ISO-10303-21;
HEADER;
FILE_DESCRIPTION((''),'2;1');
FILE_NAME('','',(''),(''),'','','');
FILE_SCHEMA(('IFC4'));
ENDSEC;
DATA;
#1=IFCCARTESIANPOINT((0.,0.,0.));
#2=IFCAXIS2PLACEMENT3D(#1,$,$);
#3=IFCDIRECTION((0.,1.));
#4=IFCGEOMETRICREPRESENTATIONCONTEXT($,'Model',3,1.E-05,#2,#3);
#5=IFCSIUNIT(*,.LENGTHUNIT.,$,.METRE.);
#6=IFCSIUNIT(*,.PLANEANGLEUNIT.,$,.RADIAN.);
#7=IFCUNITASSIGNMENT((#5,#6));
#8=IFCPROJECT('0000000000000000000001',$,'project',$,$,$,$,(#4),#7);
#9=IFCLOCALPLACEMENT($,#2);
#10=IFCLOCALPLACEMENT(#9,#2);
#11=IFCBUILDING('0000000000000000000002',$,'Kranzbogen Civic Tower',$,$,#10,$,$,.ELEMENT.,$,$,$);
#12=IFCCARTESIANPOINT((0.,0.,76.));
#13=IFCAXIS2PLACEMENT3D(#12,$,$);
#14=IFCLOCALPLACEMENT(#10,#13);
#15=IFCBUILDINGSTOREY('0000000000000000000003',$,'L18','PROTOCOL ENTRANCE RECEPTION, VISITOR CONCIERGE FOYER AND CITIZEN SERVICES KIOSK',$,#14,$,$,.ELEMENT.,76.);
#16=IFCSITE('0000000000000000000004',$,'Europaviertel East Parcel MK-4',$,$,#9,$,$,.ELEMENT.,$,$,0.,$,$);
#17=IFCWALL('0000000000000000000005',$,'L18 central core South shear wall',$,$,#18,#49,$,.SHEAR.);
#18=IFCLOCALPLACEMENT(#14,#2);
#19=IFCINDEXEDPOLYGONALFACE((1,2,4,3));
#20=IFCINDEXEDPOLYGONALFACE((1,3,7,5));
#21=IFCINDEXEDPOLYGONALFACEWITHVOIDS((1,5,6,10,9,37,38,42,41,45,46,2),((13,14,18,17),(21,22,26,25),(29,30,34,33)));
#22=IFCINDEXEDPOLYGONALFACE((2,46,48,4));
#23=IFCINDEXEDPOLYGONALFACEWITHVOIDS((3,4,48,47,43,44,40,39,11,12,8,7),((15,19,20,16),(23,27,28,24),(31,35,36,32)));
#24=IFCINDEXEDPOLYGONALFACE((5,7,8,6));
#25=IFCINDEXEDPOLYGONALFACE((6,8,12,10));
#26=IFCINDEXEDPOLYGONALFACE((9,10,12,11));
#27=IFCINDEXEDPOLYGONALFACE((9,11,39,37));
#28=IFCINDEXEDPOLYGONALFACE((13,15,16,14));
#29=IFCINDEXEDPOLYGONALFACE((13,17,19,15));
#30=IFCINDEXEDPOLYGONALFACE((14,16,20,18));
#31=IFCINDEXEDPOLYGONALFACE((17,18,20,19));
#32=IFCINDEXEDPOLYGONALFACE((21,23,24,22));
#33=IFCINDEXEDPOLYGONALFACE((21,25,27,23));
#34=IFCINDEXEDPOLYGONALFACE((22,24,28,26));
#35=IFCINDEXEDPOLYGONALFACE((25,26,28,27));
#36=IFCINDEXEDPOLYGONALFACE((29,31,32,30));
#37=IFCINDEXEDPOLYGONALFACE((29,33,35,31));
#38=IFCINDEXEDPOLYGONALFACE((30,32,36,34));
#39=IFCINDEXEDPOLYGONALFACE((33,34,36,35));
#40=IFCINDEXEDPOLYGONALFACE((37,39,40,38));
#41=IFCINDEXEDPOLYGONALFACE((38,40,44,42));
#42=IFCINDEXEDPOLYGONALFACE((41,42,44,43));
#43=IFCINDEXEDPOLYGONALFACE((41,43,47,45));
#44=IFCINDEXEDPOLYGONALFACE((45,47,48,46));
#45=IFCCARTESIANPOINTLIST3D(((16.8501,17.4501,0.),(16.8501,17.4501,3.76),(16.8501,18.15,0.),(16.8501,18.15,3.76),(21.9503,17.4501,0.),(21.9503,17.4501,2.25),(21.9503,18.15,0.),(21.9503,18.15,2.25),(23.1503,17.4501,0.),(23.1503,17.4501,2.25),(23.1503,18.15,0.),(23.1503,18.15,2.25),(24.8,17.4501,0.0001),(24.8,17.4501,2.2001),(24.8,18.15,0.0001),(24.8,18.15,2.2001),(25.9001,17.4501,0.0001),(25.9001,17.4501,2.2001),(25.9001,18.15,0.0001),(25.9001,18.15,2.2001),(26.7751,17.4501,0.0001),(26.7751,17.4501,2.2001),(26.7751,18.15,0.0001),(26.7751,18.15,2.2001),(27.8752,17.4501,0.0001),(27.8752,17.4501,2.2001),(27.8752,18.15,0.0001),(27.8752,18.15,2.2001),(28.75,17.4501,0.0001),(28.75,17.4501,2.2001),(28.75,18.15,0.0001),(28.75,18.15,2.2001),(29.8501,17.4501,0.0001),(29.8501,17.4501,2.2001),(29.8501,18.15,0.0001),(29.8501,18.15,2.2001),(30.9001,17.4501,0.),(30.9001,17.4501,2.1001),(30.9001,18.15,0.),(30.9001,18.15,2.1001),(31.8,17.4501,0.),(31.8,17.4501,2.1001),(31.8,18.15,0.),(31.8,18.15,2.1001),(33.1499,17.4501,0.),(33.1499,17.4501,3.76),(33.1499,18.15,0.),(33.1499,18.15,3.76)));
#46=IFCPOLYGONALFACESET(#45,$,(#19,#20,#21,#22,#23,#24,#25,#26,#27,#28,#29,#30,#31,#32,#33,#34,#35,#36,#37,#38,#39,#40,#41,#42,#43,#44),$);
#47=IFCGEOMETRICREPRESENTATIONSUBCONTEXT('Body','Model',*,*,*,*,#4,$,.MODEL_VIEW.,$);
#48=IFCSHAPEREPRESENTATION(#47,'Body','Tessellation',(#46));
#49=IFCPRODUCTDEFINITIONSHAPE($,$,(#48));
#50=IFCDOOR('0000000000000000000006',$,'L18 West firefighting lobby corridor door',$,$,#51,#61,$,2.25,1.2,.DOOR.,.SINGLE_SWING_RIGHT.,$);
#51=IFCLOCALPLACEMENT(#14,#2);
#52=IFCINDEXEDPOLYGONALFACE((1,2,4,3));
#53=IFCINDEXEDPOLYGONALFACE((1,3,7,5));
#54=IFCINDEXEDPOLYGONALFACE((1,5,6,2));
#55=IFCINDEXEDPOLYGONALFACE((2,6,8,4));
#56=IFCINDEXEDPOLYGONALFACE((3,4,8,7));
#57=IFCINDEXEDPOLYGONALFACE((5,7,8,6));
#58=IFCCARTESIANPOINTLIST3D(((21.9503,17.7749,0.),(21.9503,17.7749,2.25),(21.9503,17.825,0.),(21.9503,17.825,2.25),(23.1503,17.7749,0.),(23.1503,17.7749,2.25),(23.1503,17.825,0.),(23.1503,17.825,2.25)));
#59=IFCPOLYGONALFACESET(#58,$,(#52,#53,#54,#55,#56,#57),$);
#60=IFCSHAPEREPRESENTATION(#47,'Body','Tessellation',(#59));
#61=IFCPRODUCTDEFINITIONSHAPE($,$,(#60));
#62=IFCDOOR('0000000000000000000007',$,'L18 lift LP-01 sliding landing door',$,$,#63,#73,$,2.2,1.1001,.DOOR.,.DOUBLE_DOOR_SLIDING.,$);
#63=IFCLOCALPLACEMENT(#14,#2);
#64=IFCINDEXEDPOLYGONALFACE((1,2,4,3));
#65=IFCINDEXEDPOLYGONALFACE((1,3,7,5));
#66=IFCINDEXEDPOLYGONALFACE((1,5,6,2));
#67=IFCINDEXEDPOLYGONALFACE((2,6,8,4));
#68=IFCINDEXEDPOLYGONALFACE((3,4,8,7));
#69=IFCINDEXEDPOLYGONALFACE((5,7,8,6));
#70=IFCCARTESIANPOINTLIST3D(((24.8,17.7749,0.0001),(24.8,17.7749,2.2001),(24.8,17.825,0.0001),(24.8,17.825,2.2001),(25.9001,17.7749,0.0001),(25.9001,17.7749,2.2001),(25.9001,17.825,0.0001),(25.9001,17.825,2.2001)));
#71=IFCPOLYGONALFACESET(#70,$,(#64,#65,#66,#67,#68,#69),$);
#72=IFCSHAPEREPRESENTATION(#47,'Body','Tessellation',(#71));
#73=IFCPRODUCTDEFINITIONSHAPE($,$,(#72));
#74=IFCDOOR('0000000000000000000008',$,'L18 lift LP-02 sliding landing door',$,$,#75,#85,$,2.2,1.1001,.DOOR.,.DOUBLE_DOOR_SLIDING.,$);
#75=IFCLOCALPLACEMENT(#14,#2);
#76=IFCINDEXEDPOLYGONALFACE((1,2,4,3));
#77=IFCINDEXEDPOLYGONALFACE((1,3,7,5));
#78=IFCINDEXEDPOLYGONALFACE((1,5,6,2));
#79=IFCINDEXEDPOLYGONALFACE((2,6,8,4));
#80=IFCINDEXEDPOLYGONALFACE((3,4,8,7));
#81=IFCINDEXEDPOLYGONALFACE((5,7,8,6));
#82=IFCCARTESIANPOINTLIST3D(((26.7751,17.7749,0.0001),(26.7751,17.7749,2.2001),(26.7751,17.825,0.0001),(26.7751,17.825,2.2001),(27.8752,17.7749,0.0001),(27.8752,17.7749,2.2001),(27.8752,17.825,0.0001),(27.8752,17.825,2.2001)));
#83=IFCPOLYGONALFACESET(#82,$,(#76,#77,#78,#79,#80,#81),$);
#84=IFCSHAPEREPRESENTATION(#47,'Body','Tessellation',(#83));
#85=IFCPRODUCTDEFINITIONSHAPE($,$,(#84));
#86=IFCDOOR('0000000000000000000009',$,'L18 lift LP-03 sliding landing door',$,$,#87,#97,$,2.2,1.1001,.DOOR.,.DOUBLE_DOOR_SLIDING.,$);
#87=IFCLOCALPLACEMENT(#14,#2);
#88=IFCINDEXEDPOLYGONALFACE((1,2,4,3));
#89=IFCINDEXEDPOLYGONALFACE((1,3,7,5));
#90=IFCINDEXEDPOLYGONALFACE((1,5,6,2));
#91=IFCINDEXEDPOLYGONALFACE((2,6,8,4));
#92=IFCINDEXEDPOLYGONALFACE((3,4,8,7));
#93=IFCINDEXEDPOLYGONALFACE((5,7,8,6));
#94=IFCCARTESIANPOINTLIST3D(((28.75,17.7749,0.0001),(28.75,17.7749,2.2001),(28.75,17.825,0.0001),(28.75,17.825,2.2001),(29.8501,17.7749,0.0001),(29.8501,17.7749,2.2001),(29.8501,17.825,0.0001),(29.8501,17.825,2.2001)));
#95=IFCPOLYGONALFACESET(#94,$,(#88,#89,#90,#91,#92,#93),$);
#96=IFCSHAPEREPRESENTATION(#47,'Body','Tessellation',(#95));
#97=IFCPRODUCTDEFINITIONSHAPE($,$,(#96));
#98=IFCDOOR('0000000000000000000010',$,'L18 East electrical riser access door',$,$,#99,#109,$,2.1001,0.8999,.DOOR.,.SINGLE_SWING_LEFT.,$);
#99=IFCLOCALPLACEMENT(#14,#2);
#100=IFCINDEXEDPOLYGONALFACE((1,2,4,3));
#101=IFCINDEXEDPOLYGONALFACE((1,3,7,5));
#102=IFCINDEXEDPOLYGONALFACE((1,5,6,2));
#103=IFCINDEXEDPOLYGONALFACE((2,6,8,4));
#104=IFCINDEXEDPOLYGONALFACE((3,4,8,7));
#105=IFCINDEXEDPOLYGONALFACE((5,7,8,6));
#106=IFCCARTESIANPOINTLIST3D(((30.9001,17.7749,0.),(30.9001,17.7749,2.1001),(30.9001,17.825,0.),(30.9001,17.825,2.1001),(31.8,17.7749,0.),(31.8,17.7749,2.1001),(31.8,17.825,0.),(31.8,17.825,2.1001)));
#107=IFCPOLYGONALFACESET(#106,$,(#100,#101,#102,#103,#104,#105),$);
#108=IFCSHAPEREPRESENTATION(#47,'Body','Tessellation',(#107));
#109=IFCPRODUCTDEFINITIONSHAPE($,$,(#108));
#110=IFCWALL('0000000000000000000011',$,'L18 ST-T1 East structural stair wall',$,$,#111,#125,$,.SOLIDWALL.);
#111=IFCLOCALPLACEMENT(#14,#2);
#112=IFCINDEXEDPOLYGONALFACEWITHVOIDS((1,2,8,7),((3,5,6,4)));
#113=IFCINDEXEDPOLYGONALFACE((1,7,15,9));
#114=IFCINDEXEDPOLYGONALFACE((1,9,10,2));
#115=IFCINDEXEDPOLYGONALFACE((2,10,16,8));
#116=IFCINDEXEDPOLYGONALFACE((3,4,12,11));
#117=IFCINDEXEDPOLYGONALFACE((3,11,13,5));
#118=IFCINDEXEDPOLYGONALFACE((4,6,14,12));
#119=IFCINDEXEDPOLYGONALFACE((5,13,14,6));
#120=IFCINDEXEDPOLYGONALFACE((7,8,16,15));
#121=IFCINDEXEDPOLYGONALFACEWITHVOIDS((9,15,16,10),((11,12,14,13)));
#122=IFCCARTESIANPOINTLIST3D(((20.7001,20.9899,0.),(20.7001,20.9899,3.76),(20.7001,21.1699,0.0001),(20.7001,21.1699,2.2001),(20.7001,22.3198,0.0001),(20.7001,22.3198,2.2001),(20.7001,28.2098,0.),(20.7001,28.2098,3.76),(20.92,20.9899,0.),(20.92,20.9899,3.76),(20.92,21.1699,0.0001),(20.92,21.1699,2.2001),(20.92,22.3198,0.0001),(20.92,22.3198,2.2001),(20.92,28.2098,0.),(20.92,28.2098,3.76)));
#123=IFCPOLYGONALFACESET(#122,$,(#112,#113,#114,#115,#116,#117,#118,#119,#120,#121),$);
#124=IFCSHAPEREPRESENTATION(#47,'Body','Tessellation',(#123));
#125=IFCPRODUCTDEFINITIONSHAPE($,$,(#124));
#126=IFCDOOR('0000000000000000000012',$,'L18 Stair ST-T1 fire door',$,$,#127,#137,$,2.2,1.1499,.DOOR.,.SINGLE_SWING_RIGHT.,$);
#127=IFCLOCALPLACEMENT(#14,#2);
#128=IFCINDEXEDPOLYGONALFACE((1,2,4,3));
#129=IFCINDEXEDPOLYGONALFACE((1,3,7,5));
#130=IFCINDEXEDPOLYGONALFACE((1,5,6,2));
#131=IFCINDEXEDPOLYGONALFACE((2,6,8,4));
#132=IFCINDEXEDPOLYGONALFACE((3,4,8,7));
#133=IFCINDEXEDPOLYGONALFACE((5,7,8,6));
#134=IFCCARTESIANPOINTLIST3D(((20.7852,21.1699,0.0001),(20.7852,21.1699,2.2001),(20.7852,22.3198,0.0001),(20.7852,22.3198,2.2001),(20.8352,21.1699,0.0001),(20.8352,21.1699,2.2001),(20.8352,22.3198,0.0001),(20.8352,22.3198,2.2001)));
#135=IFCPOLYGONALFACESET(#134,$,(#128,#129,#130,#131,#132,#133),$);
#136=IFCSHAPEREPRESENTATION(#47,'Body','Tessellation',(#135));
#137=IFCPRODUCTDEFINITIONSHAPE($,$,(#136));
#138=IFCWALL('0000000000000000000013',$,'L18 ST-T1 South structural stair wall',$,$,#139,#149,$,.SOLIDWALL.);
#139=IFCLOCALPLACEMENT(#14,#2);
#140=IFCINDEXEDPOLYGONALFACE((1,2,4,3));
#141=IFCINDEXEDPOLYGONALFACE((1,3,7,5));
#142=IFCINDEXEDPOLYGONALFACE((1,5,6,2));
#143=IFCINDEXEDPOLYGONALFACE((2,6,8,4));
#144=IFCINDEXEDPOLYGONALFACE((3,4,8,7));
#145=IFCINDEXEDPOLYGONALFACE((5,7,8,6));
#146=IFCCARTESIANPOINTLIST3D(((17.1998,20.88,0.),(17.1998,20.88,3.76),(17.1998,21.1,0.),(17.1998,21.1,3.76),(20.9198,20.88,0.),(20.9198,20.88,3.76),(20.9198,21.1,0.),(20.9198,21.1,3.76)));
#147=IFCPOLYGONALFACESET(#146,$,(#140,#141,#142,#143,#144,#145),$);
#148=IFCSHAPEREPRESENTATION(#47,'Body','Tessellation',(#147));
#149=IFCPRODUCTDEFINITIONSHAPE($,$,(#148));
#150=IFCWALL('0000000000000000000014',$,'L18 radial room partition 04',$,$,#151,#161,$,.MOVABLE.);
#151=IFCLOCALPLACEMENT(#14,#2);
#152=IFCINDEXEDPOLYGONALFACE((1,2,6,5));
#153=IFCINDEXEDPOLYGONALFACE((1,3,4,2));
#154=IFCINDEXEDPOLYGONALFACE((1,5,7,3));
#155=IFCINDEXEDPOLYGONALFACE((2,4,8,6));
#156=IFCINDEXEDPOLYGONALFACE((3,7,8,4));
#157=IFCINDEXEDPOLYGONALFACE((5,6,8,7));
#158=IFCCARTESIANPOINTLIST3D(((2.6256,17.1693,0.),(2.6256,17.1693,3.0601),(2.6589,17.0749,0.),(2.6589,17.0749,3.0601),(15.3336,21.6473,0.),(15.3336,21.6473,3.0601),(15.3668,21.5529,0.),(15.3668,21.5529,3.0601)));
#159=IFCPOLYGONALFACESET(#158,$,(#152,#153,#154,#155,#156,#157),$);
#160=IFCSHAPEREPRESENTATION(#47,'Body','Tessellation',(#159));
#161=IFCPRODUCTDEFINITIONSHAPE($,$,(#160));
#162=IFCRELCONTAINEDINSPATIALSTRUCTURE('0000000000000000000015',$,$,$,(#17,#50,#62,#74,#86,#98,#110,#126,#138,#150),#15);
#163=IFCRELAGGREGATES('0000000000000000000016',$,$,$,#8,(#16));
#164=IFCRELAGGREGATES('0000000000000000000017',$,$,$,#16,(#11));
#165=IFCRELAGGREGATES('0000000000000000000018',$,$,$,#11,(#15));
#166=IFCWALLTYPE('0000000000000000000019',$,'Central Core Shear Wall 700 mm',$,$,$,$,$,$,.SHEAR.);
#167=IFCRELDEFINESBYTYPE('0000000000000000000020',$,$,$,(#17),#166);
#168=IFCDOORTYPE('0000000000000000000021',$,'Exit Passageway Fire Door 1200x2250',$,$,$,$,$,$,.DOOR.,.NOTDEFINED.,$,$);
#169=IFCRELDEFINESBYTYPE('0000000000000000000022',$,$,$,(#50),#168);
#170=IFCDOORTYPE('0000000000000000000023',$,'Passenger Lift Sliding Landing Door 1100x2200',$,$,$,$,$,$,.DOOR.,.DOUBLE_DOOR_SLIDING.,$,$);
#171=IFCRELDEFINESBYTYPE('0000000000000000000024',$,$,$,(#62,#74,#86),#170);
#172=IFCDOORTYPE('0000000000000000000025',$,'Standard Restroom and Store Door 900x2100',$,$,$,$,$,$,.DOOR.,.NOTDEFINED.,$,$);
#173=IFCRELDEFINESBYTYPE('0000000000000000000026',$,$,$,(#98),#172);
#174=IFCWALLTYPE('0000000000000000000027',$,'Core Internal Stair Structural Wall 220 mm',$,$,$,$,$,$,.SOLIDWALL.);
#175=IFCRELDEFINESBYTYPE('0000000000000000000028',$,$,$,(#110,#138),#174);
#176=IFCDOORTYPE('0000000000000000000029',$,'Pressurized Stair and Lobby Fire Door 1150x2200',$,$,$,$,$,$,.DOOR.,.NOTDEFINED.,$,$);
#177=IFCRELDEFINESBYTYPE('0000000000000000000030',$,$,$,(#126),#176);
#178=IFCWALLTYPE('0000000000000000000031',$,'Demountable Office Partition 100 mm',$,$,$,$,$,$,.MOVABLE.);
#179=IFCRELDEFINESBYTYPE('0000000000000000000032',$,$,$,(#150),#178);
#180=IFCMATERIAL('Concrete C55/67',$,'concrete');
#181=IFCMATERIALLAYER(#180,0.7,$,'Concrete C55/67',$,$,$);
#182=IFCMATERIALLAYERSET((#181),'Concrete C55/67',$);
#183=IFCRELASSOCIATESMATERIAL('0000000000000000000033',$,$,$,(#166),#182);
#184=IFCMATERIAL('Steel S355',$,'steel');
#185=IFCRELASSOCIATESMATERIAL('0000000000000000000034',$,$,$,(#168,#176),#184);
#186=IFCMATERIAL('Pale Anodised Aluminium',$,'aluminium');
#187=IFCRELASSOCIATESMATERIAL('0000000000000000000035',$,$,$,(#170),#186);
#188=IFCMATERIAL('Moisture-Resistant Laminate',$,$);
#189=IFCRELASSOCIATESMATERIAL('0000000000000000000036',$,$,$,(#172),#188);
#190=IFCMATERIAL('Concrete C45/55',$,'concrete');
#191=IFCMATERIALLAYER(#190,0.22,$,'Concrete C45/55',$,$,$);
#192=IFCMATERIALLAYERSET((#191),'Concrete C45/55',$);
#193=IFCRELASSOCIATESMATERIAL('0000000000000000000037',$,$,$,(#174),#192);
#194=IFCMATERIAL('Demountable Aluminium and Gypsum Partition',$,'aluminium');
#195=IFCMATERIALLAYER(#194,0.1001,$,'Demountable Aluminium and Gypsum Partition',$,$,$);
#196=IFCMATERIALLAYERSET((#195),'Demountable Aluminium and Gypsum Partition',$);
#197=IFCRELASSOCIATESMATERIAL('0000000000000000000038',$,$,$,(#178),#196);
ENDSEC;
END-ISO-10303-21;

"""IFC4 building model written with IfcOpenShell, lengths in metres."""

from ifc_helpers import new_model, si_unit, direction, frame, frame_2d, origin, place, context, subcontext, project, spatial, rectangle, extrude, material, layer, layer_set, type_object, element, fill, save


model = new_model("IFC4")

# Units and contexts
model_context = context("Model", 3, precision=1e-05, world=origin(), true_north=direction((0.0, 1.0)))
body_context = subcontext(model_context, "Body", "Model", "MODEL_VIEW")
ifc_project = project(units=[si_unit("LENGTHUNIT", "METRE"), si_unit("PLANEANGLEUNIT", "RADIAN")], contexts=[model_context])

# Site, building, storey
site_placement = place(None, origin())
site = spatial("IfcSite", under=ifc_project, at=site_placement, Name="Europaviertel East Parcel MK-4", CompositionType="ELEMENT", RefElevation=0.0)
building_placement = place(site_placement, origin())
building = spatial("IfcBuilding", under=site, at=building_placement, Name="Kranzbogen Civic Tower", CompositionType="ELEMENT")
storey_placement = place(building_placement, frame((0.0, 0.0, 76.0)))
storey = spatial("IfcBuildingStorey", under=building, at=storey_placement, Name="L18", Description="PROTOCOL ENTRANCE RECEPTION, VISITOR CONCIERGE FOYER AND CITIZEN SERVICES KIOSK", CompositionType="ELEMENT", Elevation=76.0)

# Shared definitions
ifc_material_1 = material(Name="Steel S355", Category="steel")

# Wall, openings, doors
ifc_material_2 = material(Name="Concrete C55/67", Category="concrete")
ifc_layer_1 = layer(ifc_material_2, 0.7, Name="Concrete C55/67")
ifc_layer_set_1 = layer_set([ifc_layer_1], Name="Concrete C55/67")
wall_type_1 = type_object("IfcWallType", Name="Central Core Shear Wall 700 mm", PredefinedType="SHEAR", material=ifc_layer_set_1)
wall_1_placement = place(storey_placement, frame((16.8501, 17.8, 0.0), z_axis=(0.0, 0.0, 1.0), x_axis=(1.0, 0.0, 0.0)))
wall_1 = element("IfcWall", 1, at=wall_1_placement, inside=storey, type_object=wall_type_1, Name="L18 central core South shear wall", PredefinedType="SHEAR", context=body_context, shape_type="SweptSolid", body=[
    extrude(rectangle(XDim=16.2998, YDim=0.7, at=frame_2d((8.1499, 0.0))), origin(), (0.0, 0.0, 1.0), 3.76),
])
opening_1_placement = place(wall_1_placement, frame((5.1001, 0.0, 0.0)))
opening_1 = element("IfcOpeningElement", 2, at=opening_1_placement, cuts=wall_1, PredefinedType="OPENING", context=body_context, shape_type="SweptSolid", body=[
    extrude(rectangle(XDim=1.2, YDim=2.25, at=frame_2d((0.6001, 1.125))), frame((0.0, 0.3599, 0.0), z_axis=(0.0, -1.0, 0.0), x_axis=(1.0, 0.0, 0.0)), (0.0, 0.0, 1.0), 0.72),
])
opening_2_placement = place(wall_1_placement, frame((14.05, 0.0, 0.0)))
opening_2 = element("IfcOpeningElement", 3, at=opening_2_placement, cuts=wall_1, PredefinedType="OPENING", context=body_context, shape_type="SweptSolid", body=[
    extrude(rectangle(XDim=0.8999, YDim=2.1001, at=frame_2d((0.45, 1.05))), frame((0.0, 0.3599, 0.0), z_axis=(0.0, -1.0, 0.0), x_axis=(1.0, 0.0, 0.0)), (0.0, 0.0, 1.0), 0.72),
])
opening_3_placement = place(wall_1_placement, frame((7.95, 0.0, 0.0)))
opening_3 = element("IfcOpeningElement", 4, at=opening_3_placement, cuts=wall_1, PredefinedType="OPENING", context=body_context, shape_type="SweptSolid", body=[
    extrude(rectangle(XDim=1.1001, YDim=2.2, at=frame_2d((0.55, 1.1001))), frame((0.0, 0.3599, 0.0), z_axis=(0.0, -1.0, 0.0), x_axis=(1.0, 0.0, 0.0)), (0.0, 0.0, 1.0), 0.72),
])
opening_4_placement = place(wall_1_placement, frame((9.925, 0.0, 0.0)))
opening_4 = element("IfcOpeningElement", 5, at=opening_4_placement, cuts=wall_1, PredefinedType="OPENING", context=body_context, shape_type="SweptSolid", body=[
    extrude(rectangle(XDim=1.1001, YDim=2.2, at=frame_2d((0.55, 1.1001))), frame((0.0, 0.3599, 0.0), z_axis=(0.0, -1.0, 0.0), x_axis=(1.0, 0.0, 0.0)), (0.0, 0.0, 1.0), 0.72),
])
opening_5_placement = place(wall_1_placement, frame((11.8999, 0.0, 0.0)))
opening_5 = element("IfcOpeningElement", 6, at=opening_5_placement, cuts=wall_1, PredefinedType="OPENING", context=body_context, shape_type="SweptSolid", body=[
    extrude(rectangle(XDim=1.1001, YDim=2.2, at=frame_2d((0.55, 1.1001))), frame((0.0, 0.3599, 0.0), z_axis=(0.0, -1.0, 0.0), x_axis=(1.0, 0.0, 0.0)), (0.0, 0.0, 1.0), 0.72),
])
door_type_1 = type_object("IfcDoorType", Name="Exit Passageway Fire Door 1200x2250", OperationType="NOTDEFINED", PredefinedType="DOOR", material=ifc_material_1)
door_1_placement = place(opening_1_placement, origin())
door_1 = element("IfcDoor", 7, at=door_1_placement, inside=storey, type_object=door_type_1, Name="L18 West firefighting lobby corridor door", OperationType="SINGLE_SWING_RIGHT", OverallHeight=2.25, OverallWidth=1.2, PredefinedType="DOOR", context=body_context, shape_type="SweptSolid", body=[
    extrude(rectangle(XDim=1.2, YDim=2.25, at=frame_2d((0.6001, 1.125))), frame((0.0, 0.0249, 0.0), z_axis=(0.0, -1.0, 0.0), x_axis=(1.0, 0.0, 0.0)), (0.0, 0.0, 1.0), 0.05),
])
fill(opening_1, door_1)
ifc_material_3 = material(Name="Pale Anodised Aluminium", Category="aluminium")
door_type_2 = type_object("IfcDoorType", Name="Passenger Lift Sliding Landing Door 1100x2200", OperationType="DOUBLE_DOOR_SLIDING", PredefinedType="DOOR", material=ifc_material_3)
door_2_placement = place(opening_3_placement, origin())
door_2 = element("IfcDoor", 8, at=door_2_placement, inside=storey, type_object=door_type_2, Name="L18 lift LP-01 sliding landing door", OperationType="DOUBLE_DOOR_SLIDING", OverallHeight=2.2, OverallWidth=1.1001, PredefinedType="DOOR", context=body_context, shape_type="SweptSolid", body=[
    extrude(rectangle(XDim=1.1001, YDim=2.2, at=frame_2d((0.55, 1.1001))), frame((0.0, 0.0249, 0.0), z_axis=(0.0, -1.0, 0.0), x_axis=(1.0, 0.0, 0.0)), (0.0, 0.0, 1.0), 0.05),
])
fill(opening_3, door_2)
door_3_placement = place(opening_4_placement, origin())
door_3 = element("IfcDoor", 9, at=door_3_placement, inside=storey, type_object=door_type_2, Name="L18 lift LP-02 sliding landing door", OperationType="DOUBLE_DOOR_SLIDING", OverallHeight=2.2, OverallWidth=1.1001, PredefinedType="DOOR", context=body_context, shape_type="SweptSolid", body=[
    extrude(rectangle(XDim=1.1001, YDim=2.2, at=frame_2d((0.55, 1.1001))), frame((0.0, 0.0249, 0.0), z_axis=(0.0, -1.0, 0.0), x_axis=(1.0, 0.0, 0.0)), (0.0, 0.0, 1.0), 0.05),
])
fill(opening_4, door_3)
door_4_placement = place(opening_5_placement, origin())
door_4 = element("IfcDoor", 10, at=door_4_placement, inside=storey, type_object=door_type_2, Name="L18 lift LP-03 sliding landing door", OperationType="DOUBLE_DOOR_SLIDING", OverallHeight=2.2, OverallWidth=1.1001, PredefinedType="DOOR", context=body_context, shape_type="SweptSolid", body=[
    extrude(rectangle(XDim=1.1001, YDim=2.2, at=frame_2d((0.55, 1.1001))), frame((0.0, 0.0249, 0.0), z_axis=(0.0, -1.0, 0.0), x_axis=(1.0, 0.0, 0.0)), (0.0, 0.0, 1.0), 0.05),
])
fill(opening_5, door_4)
ifc_material_4 = material(Name="Moisture-Resistant Laminate")
door_type_3 = type_object("IfcDoorType", Name="Standard Restroom and Store Door 900x2100", OperationType="NOTDEFINED", PredefinedType="DOOR", material=ifc_material_4)
door_5_placement = place(opening_2_placement, origin())
door_5 = element("IfcDoor", 11, at=door_5_placement, inside=storey, type_object=door_type_3, Name="L18 East electrical riser access door", OperationType="SINGLE_SWING_LEFT", OverallHeight=2.1001, OverallWidth=0.8999, PredefinedType="DOOR", context=body_context, shape_type="SweptSolid", body=[
    extrude(rectangle(XDim=0.8999, YDim=2.1001, at=frame_2d((0.45, 1.05))), frame((0.0, 0.0249, 0.0), z_axis=(0.0, -1.0, 0.0), x_axis=(1.0, 0.0, 0.0)), (0.0, 0.0, 1.0), 0.05),
])
fill(opening_2, door_5)

# Wall, opening, door
ifc_material_5 = material(Name="Concrete C45/55", Category="concrete")
ifc_layer_2 = layer(ifc_material_5, 0.22, Name="Concrete C45/55")
ifc_layer_set_2 = layer_set([ifc_layer_2], Name="Concrete C45/55")
wall_type_2 = type_object("IfcWallType", Name="Core Internal Stair Structural Wall 220 mm", PredefinedType="SOLIDWALL", material=ifc_layer_set_2)
wall_2_placement = place(storey_placement, frame((20.8101, 20.99, 0.0), z_axis=(0.0, 0.0, 1.0), x_axis=(0.0, 1.0, 0.0)))
wall_2 = element("IfcWall", 12, at=wall_2_placement, inside=storey, type_object=wall_type_2, Name="L18 ST-T1 East structural stair wall", PredefinedType="SOLIDWALL", context=body_context, shape_type="SweptSolid", body=[
    extrude(rectangle(XDim=7.22, YDim=0.22, at=frame_2d((3.6099, 0.0))), origin(), (0.0, 0.0, 1.0), 3.76),
])
opening_6_placement = place(wall_2_placement, frame((0.1799, 0.0, 0.0)))
opening_6 = element("IfcOpeningElement", 13, at=opening_6_placement, cuts=wall_2, PredefinedType="OPENING", context=body_context, shape_type="SweptSolid", body=[
    extrude(rectangle(XDim=1.1499, YDim=2.2, at=frame_2d((0.575, 1.1001))), frame((0.0, 0.1201, 0.0), z_axis=(0.0, -1.0, 0.0), x_axis=(1.0, 0.0, 0.0)), (0.0, 0.0, 1.0), 0.24),
])
door_type_4 = type_object("IfcDoorType", Name="Pressurized Stair and Lobby Fire Door 1150x2200", OperationType="NOTDEFINED", PredefinedType="DOOR", material=ifc_material_1)
door_6_placement = place(opening_6_placement, origin())
door_6 = element("IfcDoor", 14, at=door_6_placement, inside=storey, type_object=door_type_4, Name="L18 Stair ST-T1 fire door", OperationType="SINGLE_SWING_RIGHT", OverallHeight=2.2, OverallWidth=1.1499, PredefinedType="DOOR", context=body_context, shape_type="SweptSolid", body=[
    extrude(rectangle(XDim=1.1499, YDim=2.2, at=frame_2d((0.575, 1.1001))), frame((0.0, 0.0249, 0.0), z_axis=(0.0, -1.0, 0.0), x_axis=(1.0, 0.0, 0.0)), (0.0, 0.0, 1.0), 0.05),
])
fill(opening_6, door_6)

# Walls
wall_3_placement = place(storey_placement, frame((17.2, 20.99, 0.0), z_axis=(0.0, 0.0, 1.0), x_axis=(1.0, 0.0, 0.0)))
element("IfcWall", 15, at=wall_3_placement, inside=storey, type_object=wall_type_2, Name="L18 ST-T1 South structural stair wall", PredefinedType="SOLIDWALL", context=body_context, shape_type="SweptSolid", body=[
    extrude(rectangle(XDim=3.72, YDim=0.22, at=frame_2d((1.8599, 0.0))), origin(), (0.0, 0.0, 1.0), 3.76),
])
ifc_material_6 = material(Name="Demountable Aluminium and Gypsum Partition", Category="aluminium")
ifc_layer_3 = layer(ifc_material_6, 0.1001, Name="Demountable Aluminium and Gypsum Partition")
ifc_layer_set_3 = layer_set([ifc_layer_3], Name="Demountable Aluminium and Gypsum Partition")
wall_type_3 = type_object("IfcWallType", Name="Demountable Office Partition 100 mm", PredefinedType="MOVABLE", material=ifc_layer_set_3)
wall_4_placement = place(storey_placement, frame((15.3501, 21.6001, 0.0), z_axis=(0.0, 0.0, 1.0), x_axis=(-0.943157, -0.332348, 0.0)))
element("IfcWall", 16, at=wall_4_placement, inside=storey, type_object=wall_type_3, Name="L18 radial room partition 04", PredefinedType="MOVABLE", context=body_context, shape_type="SweptSolid", body=[
    extrude(rectangle(XDim=13.4739, YDim=0.1001, at=frame_2d((6.7368, 0.0))), origin(), (0.0, 0.0, 1.0), 3.0601),
])

save(model, "model.ifc")
